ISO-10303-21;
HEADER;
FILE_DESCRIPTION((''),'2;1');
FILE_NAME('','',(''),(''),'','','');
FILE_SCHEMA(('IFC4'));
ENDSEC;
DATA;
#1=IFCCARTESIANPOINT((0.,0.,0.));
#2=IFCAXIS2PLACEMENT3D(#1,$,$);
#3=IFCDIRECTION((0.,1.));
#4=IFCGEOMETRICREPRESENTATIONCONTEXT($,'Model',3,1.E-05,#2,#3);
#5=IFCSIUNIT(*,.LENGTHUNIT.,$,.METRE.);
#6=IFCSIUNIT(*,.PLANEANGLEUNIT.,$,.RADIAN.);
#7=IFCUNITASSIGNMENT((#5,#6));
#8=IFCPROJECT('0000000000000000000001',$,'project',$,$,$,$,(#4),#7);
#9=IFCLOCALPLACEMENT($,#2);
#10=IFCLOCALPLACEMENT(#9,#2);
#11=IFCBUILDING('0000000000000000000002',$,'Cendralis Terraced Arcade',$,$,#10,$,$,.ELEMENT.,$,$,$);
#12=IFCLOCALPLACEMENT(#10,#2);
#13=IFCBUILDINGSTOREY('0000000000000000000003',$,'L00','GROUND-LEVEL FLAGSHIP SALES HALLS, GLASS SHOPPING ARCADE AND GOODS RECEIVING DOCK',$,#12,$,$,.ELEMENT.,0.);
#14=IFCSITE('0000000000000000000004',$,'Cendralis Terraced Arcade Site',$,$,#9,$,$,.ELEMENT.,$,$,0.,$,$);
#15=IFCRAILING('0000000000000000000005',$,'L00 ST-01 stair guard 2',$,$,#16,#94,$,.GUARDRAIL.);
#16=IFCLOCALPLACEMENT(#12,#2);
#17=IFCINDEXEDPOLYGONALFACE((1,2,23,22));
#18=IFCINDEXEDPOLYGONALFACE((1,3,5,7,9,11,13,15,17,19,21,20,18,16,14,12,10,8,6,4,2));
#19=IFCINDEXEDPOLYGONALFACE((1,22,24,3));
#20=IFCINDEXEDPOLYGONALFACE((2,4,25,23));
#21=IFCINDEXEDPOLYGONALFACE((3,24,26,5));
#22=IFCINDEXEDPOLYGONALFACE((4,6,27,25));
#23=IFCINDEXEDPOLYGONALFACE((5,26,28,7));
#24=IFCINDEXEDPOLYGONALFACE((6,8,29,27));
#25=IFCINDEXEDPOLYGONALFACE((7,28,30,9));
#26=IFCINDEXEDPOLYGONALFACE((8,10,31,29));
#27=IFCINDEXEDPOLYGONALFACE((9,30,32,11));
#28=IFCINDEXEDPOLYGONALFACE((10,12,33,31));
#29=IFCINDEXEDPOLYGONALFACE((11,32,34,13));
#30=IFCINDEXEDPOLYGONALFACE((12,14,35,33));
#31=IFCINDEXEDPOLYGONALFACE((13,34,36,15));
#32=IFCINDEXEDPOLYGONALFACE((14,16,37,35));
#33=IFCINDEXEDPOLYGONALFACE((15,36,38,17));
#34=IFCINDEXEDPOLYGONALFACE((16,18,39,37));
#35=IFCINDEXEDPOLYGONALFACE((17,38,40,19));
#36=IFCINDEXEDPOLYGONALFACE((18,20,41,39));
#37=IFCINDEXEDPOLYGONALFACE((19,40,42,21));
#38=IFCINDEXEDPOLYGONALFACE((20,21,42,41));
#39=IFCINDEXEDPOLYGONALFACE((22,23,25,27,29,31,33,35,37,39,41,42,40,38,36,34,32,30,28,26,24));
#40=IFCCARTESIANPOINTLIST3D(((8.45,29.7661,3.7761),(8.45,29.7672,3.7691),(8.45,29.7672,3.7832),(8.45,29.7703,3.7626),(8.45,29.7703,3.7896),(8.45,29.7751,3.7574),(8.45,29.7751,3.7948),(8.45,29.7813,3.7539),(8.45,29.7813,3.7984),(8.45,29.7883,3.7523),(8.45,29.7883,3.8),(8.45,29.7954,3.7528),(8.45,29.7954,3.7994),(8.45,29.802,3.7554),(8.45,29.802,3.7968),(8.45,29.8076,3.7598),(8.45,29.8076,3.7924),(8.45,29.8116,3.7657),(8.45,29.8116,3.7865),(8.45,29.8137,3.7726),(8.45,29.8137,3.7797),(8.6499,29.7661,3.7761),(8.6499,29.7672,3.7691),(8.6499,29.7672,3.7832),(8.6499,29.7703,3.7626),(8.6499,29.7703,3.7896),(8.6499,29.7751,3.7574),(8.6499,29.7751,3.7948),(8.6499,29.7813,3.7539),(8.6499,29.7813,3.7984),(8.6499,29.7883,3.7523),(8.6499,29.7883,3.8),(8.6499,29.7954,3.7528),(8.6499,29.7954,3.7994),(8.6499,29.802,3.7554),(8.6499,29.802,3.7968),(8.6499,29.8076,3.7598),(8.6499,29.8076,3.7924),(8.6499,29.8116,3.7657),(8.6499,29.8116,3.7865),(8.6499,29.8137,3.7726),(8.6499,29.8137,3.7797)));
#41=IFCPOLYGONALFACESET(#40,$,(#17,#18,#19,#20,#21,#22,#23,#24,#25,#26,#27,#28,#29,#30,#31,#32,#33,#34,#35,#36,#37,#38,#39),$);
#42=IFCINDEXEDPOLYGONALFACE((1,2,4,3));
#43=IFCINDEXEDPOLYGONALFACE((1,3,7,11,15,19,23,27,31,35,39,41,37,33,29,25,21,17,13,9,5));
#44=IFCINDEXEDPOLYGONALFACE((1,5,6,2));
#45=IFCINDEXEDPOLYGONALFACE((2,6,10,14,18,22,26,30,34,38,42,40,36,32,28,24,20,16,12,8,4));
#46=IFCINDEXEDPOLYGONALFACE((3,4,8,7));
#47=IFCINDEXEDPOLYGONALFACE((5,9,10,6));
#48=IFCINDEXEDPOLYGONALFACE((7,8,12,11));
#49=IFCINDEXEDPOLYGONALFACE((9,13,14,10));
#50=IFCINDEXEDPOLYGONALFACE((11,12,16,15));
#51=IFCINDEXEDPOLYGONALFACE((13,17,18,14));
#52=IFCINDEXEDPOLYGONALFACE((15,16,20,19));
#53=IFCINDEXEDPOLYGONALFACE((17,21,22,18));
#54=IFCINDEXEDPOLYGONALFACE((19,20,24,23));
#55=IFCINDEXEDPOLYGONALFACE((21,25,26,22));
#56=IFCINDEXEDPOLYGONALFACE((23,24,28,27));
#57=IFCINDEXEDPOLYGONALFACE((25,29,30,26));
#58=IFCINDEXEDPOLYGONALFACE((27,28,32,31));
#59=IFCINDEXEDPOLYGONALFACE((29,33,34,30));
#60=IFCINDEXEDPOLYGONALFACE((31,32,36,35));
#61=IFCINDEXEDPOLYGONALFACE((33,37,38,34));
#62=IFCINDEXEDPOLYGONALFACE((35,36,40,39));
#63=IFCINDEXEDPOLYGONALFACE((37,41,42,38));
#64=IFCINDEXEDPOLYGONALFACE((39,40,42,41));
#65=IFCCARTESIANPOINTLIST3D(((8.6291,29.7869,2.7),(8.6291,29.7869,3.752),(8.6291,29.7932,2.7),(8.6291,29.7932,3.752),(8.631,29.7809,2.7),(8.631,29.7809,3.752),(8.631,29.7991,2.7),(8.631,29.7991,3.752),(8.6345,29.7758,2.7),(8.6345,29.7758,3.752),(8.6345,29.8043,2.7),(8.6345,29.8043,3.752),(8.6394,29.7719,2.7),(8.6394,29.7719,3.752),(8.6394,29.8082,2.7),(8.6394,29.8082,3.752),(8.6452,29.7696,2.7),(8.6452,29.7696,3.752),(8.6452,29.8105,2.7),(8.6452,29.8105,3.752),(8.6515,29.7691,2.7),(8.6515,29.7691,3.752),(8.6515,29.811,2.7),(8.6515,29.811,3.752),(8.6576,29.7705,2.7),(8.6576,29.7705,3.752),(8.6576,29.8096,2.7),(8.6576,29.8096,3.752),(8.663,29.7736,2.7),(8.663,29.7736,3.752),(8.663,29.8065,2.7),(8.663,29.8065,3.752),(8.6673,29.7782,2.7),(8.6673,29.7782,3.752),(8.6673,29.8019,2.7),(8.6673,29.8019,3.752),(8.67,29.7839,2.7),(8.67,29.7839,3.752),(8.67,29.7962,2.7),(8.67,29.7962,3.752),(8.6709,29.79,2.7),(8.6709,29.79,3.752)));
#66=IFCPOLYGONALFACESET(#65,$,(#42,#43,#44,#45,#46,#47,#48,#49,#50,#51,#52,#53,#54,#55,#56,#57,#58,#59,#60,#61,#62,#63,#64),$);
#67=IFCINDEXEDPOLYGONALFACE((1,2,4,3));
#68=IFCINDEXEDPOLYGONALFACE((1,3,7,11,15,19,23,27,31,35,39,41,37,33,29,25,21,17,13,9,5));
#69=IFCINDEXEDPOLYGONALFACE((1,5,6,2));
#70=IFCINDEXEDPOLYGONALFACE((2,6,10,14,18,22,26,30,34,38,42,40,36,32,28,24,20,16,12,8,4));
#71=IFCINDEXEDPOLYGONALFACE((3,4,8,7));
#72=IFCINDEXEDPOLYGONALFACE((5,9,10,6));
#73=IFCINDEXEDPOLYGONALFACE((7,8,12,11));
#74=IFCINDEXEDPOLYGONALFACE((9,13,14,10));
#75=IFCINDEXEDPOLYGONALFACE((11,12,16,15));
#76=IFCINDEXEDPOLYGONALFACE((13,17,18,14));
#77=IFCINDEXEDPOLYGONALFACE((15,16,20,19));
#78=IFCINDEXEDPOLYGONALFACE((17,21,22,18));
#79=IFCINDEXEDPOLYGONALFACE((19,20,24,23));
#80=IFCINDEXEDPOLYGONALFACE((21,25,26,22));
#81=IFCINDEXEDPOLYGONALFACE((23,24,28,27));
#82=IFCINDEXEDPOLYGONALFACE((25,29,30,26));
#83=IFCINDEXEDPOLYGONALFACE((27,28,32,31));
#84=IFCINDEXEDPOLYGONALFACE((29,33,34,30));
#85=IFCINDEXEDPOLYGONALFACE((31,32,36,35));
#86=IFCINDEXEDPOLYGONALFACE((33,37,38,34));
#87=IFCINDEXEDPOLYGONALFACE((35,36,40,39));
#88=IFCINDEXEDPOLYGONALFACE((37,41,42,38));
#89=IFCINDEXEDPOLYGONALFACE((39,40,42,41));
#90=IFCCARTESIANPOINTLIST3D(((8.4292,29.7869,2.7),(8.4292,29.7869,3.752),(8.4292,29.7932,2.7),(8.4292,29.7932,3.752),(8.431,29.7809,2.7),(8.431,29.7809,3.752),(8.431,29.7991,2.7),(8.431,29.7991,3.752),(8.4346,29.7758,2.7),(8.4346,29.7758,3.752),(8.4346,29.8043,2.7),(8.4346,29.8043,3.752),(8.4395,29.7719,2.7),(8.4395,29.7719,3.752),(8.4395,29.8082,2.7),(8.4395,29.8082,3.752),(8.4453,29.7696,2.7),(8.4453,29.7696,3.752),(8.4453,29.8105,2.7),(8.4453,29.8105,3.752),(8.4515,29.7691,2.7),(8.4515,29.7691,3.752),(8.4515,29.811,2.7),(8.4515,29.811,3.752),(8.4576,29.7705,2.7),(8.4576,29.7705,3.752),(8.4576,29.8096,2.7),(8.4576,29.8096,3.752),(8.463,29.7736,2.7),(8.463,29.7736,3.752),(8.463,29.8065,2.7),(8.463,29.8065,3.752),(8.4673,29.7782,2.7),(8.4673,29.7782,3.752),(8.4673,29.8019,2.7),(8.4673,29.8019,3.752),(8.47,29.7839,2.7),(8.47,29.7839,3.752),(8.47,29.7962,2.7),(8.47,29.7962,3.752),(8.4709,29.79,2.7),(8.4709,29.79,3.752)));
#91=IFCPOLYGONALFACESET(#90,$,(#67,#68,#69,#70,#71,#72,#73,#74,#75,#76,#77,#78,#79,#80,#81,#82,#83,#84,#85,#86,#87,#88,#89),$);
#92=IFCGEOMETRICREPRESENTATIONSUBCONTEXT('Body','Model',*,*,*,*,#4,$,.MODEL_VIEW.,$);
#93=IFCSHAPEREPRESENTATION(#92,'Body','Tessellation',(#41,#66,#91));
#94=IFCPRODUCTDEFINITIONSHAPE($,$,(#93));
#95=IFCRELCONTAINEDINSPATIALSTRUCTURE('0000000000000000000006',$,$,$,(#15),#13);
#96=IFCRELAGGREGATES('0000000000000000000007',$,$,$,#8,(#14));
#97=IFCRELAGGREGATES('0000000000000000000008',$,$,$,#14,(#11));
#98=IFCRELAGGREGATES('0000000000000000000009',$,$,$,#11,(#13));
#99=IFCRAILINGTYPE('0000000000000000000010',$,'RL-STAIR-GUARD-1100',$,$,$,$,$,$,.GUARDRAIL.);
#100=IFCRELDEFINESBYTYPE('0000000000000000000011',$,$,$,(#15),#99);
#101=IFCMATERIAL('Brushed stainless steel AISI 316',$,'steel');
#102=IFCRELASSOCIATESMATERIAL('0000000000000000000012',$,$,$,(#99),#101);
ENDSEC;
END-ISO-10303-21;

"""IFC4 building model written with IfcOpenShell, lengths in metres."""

from ifc_helpers import new_model, si_unit, direction, frame, origin, origin_2d, place, context, subcontext, project, spatial, circle, extrude, material, type_object, element, save


model = new_model("IFC4")

# Units and contexts
model_context = context("Model", 3, precision=1e-05, world=origin(), true_north=direction((0.0, 1.0)))
body_context = subcontext(model_context, "Body", "Model", "MODEL_VIEW")
ifc_project = project(units=[si_unit("LENGTHUNIT", "METRE"), si_unit("PLANEANGLEUNIT", "RADIAN")], contexts=[model_context])

# Site, building, storey
site_placement = place(None, origin())
site = spatial("IfcSite", under=ifc_project, at=site_placement, Name="Cendralis Terraced Arcade Site", CompositionType="ELEMENT", RefElevation=0.0)
building_placement = place(site_placement, origin())
building = spatial("IfcBuilding", under=site, at=building_placement, Name="Cendralis Terraced Arcade", CompositionType="ELEMENT")
storey_placement = place(building_placement, origin())
storey = spatial("IfcBuildingStorey", under=building, at=storey_placement, Name="L00", Description="GROUND-LEVEL FLAGSHIP SALES HALLS, GLASS SHOPPING ARCADE AND GOODS RECEIVING DOCK", CompositionType="ELEMENT", Elevation=0.0)

# Railing
ifc_material_1 = material(Name="Brushed stainless steel AISI 316", Category="steel")
railing_type_1 = type_object("IfcRailingType", Name="RL-STAIR-GUARD-1100", PredefinedType="GUARDRAIL", material=ifc_material_1)
railing_1_placement = place(storey_placement, frame((8.6499, 29.79, 2.7)))
element("IfcRailing", 1, at=railing_1_placement, inside=storey, type_object=railing_type_1, Name="L00 ST-01 stair guard 2", PredefinedType="GUARDRAIL", context=body_context, shape_type="SweptSolid", body=[
    extrude(circle(Radius=0.0239, at=origin_2d()), frame((0.0, 0.0, 1.0762), z_axis=(-1.0, 0.0, 0.0), x_axis=(0.0, -1.0, 0.0)), (0.0, 0.0, 1.0), 0.2),
    extrude(circle(Radius=0.021, at=origin_2d()), origin(), (0.0, 0.0, 1.0), 1.052),
    extrude(circle(Radius=0.021, at=origin_2d()), frame((-0.2, 0.0, 0.0)), (0.0, 0.0, 1.0), 1.052),
])

save(model, "model.ifc")
